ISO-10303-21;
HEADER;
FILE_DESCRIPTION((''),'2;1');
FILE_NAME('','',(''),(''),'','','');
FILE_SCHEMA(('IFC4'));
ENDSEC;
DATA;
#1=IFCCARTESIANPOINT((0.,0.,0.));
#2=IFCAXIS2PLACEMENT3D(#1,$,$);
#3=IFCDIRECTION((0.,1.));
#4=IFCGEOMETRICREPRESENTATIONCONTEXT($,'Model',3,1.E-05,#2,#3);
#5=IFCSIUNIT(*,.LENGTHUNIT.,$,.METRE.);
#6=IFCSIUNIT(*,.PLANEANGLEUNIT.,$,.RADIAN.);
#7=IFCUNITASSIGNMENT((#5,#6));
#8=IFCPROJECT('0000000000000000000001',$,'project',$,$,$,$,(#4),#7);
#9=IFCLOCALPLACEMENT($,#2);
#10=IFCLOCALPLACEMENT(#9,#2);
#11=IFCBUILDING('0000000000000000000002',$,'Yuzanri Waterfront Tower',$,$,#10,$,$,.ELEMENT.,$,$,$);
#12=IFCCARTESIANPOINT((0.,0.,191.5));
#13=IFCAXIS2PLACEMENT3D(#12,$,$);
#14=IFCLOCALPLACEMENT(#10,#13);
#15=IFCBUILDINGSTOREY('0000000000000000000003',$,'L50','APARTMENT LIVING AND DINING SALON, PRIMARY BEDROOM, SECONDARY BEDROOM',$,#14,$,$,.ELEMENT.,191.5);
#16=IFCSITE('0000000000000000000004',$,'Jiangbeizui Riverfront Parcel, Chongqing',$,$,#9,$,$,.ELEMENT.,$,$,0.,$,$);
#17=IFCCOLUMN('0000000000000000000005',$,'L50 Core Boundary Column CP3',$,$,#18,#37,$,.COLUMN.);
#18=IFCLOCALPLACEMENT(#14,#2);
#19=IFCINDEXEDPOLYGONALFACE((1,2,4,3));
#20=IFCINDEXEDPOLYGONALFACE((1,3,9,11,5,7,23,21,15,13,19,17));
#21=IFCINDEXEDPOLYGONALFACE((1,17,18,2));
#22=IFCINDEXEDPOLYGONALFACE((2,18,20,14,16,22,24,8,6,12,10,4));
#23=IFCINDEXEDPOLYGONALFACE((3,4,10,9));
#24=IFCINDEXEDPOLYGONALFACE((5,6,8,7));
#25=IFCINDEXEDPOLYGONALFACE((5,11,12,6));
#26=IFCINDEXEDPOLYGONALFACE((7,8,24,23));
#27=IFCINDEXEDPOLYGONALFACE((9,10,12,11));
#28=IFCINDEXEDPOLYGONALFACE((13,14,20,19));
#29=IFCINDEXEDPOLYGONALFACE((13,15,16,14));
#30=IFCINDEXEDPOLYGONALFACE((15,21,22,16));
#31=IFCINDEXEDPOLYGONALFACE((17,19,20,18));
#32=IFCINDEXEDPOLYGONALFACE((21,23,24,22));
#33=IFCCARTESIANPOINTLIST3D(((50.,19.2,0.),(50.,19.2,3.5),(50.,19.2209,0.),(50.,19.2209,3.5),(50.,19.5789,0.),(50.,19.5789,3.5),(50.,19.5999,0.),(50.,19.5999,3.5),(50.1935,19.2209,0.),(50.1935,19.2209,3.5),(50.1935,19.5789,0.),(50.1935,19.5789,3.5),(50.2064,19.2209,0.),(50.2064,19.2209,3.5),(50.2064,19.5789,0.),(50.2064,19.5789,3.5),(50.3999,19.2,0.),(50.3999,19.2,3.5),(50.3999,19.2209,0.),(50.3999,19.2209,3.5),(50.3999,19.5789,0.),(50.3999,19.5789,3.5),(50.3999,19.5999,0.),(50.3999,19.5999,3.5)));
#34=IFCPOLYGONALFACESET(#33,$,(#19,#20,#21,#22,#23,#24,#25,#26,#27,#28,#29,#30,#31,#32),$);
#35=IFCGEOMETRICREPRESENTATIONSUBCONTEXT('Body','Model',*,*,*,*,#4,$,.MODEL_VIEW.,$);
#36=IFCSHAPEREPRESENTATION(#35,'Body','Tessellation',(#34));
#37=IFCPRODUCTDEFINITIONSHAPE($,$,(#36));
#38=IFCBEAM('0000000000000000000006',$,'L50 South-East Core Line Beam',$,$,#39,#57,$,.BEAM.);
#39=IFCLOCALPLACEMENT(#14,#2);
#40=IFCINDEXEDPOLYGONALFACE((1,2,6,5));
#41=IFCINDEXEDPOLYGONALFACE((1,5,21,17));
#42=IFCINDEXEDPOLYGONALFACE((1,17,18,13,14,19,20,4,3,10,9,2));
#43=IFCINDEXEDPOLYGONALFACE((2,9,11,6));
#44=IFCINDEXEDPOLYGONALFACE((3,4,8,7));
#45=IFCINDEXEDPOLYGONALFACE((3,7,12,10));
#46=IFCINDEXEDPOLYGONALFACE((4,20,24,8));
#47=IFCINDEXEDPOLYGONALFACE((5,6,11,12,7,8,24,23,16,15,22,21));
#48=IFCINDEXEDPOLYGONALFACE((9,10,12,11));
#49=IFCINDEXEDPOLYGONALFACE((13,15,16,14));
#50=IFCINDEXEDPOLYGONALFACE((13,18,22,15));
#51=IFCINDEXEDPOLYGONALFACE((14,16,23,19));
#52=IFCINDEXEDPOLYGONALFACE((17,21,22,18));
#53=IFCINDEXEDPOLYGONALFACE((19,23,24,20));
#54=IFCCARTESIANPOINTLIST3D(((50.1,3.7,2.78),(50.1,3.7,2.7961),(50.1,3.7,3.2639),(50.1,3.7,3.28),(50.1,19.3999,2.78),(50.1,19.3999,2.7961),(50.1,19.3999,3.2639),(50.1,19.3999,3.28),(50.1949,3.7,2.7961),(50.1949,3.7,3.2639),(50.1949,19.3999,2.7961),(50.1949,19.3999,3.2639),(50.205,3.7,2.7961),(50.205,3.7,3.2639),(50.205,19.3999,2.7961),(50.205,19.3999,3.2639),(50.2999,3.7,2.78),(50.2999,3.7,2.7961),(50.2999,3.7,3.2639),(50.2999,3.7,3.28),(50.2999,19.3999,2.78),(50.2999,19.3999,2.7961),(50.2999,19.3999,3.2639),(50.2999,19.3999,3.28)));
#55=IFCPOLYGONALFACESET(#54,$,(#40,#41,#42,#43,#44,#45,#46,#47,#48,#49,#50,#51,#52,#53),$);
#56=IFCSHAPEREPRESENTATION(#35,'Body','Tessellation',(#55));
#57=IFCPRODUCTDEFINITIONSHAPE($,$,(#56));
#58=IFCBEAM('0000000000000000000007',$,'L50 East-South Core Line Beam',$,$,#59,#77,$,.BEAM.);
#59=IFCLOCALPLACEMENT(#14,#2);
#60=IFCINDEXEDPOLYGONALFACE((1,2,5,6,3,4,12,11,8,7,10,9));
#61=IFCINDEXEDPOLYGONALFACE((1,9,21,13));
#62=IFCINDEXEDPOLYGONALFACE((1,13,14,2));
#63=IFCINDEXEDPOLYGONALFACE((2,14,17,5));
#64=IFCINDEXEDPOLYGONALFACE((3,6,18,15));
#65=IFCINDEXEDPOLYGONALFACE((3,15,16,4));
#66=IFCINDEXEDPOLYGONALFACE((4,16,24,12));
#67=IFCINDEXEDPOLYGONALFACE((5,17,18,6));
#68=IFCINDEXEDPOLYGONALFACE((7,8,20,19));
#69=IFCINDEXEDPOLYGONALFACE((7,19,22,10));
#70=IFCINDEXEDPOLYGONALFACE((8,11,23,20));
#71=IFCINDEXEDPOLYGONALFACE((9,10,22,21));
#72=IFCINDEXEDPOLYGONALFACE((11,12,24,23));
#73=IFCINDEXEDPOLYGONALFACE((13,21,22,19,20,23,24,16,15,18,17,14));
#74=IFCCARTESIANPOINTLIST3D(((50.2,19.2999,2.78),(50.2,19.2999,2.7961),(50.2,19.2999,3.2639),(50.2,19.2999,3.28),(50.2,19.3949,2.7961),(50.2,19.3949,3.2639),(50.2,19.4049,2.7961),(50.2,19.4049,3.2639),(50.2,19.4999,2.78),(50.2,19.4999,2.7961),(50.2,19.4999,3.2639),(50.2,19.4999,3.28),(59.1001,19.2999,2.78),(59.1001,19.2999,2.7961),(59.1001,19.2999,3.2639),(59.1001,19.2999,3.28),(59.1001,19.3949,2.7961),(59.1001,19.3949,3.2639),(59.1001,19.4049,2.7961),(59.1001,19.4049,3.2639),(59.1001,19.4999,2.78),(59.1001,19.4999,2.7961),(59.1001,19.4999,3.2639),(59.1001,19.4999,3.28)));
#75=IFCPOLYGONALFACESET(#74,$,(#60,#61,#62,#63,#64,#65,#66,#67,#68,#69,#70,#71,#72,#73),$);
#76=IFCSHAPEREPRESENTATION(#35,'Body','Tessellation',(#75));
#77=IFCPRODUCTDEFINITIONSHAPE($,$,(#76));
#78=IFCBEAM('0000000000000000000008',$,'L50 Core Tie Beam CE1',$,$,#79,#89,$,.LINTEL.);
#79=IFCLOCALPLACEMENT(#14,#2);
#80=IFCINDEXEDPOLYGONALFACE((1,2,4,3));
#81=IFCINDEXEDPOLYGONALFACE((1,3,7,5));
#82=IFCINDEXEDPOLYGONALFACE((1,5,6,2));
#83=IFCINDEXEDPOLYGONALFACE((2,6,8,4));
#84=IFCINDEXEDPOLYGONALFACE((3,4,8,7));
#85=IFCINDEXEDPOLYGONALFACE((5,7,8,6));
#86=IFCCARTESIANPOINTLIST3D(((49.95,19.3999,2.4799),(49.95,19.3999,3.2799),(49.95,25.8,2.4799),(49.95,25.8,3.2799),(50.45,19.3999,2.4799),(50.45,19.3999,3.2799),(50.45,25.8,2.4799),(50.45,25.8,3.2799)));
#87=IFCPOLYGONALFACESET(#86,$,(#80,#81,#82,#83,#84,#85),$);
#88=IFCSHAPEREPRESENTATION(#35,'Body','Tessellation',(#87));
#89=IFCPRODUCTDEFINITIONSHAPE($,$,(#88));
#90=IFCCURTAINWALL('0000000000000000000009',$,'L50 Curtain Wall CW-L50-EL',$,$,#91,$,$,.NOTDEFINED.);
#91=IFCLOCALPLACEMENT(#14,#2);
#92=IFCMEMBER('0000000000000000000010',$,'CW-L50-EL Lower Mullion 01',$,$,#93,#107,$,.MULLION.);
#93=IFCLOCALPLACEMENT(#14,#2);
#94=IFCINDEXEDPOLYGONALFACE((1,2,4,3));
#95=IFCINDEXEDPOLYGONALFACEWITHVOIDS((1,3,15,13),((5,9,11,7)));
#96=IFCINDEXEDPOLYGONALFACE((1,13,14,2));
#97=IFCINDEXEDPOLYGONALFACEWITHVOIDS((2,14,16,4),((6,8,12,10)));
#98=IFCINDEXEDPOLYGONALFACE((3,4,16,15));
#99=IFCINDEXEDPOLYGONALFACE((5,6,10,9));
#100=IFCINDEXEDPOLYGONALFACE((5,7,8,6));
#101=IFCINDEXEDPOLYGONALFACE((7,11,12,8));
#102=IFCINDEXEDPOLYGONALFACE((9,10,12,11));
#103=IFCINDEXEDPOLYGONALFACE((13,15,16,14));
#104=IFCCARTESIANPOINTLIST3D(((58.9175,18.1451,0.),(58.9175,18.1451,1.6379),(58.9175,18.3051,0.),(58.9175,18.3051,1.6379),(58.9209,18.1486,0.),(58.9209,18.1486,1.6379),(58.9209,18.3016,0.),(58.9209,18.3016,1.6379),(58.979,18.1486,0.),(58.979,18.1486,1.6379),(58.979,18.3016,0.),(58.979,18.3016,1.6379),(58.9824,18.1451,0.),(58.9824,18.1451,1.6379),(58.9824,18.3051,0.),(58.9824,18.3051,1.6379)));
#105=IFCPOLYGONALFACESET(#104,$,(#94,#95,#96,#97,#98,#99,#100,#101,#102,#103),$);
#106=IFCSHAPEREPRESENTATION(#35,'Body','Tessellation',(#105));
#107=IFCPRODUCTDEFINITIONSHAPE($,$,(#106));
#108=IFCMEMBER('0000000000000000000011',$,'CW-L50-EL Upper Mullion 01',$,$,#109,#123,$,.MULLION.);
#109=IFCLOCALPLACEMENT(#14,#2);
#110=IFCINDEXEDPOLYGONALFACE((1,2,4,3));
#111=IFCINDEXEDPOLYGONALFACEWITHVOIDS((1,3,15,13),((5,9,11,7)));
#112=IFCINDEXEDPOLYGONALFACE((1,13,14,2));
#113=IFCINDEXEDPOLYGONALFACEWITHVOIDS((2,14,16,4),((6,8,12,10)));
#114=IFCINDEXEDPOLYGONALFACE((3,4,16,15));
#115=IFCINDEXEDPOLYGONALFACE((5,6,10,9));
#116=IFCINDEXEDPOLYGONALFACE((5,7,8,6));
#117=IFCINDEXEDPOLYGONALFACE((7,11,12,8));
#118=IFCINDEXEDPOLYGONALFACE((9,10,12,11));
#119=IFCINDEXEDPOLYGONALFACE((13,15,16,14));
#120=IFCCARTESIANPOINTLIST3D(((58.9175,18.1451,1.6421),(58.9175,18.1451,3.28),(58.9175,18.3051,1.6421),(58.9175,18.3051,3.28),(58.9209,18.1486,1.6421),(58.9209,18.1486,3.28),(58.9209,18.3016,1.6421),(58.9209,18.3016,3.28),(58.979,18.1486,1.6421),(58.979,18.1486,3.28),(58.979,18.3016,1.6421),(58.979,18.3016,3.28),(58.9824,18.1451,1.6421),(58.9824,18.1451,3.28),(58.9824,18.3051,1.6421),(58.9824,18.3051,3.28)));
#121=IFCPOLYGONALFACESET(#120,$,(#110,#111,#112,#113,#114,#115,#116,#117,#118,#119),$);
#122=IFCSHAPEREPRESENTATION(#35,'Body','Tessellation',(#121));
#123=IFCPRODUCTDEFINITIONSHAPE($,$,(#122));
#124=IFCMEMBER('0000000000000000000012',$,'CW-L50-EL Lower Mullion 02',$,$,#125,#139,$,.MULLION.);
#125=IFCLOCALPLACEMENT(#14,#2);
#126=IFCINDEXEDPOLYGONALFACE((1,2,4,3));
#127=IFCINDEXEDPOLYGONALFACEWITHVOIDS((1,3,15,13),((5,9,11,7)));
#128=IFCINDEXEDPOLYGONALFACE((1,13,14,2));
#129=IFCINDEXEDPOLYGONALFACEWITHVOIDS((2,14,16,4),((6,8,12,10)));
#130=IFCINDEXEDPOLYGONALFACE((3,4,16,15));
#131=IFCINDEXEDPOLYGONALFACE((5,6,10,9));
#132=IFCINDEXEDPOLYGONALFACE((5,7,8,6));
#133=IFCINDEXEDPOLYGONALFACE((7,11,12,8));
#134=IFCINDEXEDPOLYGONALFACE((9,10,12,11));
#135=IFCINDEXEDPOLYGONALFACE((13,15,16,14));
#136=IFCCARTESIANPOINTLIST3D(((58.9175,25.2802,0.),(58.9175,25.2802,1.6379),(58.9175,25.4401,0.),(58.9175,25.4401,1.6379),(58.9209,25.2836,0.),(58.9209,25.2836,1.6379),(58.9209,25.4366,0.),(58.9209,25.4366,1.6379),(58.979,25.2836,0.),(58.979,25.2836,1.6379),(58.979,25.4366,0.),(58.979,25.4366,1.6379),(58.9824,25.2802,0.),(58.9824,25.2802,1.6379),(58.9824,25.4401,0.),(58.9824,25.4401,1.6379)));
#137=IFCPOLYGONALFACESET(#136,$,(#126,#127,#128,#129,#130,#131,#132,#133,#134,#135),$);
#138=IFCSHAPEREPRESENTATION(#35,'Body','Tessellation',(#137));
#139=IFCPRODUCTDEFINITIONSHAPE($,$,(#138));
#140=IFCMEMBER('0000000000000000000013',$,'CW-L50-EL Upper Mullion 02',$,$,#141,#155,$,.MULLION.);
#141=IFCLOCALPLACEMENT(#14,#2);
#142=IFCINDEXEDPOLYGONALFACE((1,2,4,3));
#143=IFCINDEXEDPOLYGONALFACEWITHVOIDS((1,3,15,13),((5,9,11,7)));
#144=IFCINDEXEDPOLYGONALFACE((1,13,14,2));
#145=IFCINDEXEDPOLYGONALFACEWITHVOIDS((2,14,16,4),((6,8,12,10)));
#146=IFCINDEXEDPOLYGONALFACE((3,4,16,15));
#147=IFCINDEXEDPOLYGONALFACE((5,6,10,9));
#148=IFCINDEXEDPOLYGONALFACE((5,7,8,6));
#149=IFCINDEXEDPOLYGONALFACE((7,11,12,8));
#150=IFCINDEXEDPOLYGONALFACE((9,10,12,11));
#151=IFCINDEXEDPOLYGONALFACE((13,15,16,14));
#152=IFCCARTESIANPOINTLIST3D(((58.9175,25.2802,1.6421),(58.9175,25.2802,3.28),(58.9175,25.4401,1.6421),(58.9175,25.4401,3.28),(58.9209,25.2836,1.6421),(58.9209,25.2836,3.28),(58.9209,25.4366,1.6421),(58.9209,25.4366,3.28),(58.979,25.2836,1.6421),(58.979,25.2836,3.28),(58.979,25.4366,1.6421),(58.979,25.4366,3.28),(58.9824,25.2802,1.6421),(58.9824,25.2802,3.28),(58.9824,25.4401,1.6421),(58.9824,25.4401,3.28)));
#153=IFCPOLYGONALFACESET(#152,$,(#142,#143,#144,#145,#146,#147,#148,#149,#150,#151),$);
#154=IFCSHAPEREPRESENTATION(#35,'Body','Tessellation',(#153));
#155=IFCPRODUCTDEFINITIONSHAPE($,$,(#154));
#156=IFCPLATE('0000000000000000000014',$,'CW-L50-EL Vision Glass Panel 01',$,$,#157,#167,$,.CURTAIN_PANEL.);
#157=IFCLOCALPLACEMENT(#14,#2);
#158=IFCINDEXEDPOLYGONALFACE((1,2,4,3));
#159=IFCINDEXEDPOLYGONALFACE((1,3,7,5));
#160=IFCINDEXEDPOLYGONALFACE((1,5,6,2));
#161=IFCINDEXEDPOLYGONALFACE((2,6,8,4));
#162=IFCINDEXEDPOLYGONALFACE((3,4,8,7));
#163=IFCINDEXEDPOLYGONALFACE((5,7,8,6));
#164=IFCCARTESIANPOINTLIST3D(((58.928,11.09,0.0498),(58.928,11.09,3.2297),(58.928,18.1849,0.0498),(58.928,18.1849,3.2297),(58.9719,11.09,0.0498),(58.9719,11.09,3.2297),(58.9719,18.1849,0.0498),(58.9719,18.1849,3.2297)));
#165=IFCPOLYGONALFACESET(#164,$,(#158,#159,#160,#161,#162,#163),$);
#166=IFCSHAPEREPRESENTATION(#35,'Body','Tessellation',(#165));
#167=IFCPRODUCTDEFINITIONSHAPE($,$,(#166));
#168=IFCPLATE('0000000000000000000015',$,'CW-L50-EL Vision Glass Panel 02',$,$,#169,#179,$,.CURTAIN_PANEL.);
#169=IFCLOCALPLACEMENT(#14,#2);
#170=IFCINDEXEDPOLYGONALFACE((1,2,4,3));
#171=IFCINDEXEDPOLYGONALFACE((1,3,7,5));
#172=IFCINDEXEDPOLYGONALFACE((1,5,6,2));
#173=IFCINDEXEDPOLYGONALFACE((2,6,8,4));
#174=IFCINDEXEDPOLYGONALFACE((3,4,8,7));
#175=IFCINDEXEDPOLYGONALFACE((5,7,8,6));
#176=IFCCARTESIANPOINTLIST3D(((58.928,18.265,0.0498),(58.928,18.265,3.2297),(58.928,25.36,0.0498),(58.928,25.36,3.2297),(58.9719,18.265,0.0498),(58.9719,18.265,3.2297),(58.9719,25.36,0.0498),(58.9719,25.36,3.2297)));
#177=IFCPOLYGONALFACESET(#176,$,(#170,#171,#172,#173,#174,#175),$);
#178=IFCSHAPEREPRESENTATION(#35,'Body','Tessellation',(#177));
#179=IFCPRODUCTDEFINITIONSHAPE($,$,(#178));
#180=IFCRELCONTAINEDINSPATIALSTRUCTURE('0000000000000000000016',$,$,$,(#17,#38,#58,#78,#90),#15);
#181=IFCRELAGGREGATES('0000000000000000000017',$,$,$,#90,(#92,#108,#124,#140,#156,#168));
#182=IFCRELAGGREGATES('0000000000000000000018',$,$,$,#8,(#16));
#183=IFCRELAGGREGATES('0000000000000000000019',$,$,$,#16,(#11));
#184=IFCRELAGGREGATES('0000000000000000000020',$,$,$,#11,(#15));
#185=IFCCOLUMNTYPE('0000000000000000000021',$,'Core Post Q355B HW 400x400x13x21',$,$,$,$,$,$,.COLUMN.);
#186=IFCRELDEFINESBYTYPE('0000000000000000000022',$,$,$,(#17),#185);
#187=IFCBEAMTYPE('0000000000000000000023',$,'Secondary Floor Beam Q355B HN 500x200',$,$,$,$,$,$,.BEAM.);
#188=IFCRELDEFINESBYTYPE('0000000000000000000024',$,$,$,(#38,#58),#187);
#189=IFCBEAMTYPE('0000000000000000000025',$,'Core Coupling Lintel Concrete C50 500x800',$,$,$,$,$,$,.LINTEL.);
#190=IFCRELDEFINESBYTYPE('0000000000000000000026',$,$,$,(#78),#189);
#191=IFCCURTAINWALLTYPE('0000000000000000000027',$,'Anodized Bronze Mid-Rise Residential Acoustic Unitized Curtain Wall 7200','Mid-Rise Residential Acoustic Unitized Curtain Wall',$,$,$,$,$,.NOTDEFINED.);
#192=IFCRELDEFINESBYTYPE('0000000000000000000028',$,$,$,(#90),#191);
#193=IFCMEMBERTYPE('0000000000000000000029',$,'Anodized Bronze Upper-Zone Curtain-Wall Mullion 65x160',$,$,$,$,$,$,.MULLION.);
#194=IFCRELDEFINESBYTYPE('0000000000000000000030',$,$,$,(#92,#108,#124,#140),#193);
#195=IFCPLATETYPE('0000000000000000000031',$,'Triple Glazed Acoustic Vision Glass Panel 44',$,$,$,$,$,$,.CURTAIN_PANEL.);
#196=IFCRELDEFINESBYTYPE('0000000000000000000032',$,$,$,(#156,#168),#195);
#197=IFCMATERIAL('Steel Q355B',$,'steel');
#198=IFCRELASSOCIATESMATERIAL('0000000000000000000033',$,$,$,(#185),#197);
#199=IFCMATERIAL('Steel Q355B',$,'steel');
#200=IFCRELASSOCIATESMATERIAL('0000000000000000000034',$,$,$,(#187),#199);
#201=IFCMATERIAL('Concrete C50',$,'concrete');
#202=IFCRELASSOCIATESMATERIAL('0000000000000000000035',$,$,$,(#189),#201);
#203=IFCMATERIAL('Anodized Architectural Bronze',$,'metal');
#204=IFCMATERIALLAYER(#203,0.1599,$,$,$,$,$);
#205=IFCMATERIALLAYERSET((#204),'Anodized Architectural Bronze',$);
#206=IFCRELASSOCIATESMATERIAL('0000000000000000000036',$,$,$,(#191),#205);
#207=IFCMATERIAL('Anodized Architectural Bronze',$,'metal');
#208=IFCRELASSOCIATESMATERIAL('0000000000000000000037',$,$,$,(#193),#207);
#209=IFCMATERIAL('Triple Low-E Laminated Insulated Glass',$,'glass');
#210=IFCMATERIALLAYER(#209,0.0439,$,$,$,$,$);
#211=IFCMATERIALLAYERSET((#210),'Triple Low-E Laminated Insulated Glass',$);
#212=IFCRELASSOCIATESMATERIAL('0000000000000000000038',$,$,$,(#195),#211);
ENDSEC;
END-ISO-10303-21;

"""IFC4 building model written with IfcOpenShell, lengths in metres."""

from ifc_helpers import new_model, si_unit, direction, frame, origin, origin_2d, place, context, subcontext, project, spatial, rectangle, hollow_rectangle, i_section, extrude, source, transform, mapped, material, layer, layer_set, material_profile, profile_set, type_object, element, aggregate, save


model = new_model("IFC4")

# Units and contexts
model_context = context("Model", 3, precision=1e-05, world=origin(), true_north=direction((0.0, 1.0)))
body_context = subcontext(model_context, "Body", "Model", "MODEL_VIEW")
ifc_project = project(units=[si_unit("LENGTHUNIT", "METRE"), si_unit("PLANEANGLEUNIT", "RADIAN")], contexts=[model_context])

# Site, building, storey
site_placement = place(None, origin())
site = spatial("IfcSite", under=ifc_project, at=site_placement, Name="Jiangbeizui Riverfront Parcel, Chongqing", CompositionType="ELEMENT", RefElevation=0.0)
building_placement = place(site_placement, origin())
building = spatial("IfcBuilding", under=site, at=building_placement, Name="Yuzanri Waterfront Tower", CompositionType="ELEMENT")
storey_placement = place(building_placement, frame((0.0, 0.0, 191.5)))
storey = spatial("IfcBuildingStorey", under=building, at=storey_placement, Name="L50", Description="APARTMENT LIVING AND DINING SALON, PRIMARY BEDROOM, SECONDARY BEDROOM", CompositionType="ELEMENT", Elevation=191.5)

# Column
ifc_material_1 = material(Name="Steel Q355B", Category="steel")
ifc_material_profile_1 = material_profile(ifc_material_1, i_section(OverallWidth=0.3999, OverallDepth=0.3999, WebThickness=0.0129, FlangeThickness=0.021, at=origin_2d()), Name="HW 400x400x13x21")
ifc_profile_set_1 = profile_set([ifc_material_profile_1], Name="Steel Q355B")
column_type = type_object("IfcColumnType", Name="Core Post Q355B HW 400x400x13x21", PredefinedType="COLUMN", material=ifc_profile_set_1)
shared_shape_1 = source(origin(), body_context, "Body", "SweptSolid", [
    extrude(i_section(OverallWidth=0.3999, OverallDepth=0.3999, WebThickness=0.0129, FlangeThickness=0.021, at=origin_2d()), origin(), (0.0, 0.0, 1.0), 3.5),
])
column_placement = place(storey_placement, frame((50.2, 19.3999, 0.0), z_axis=(0.0, 0.0, 1.0), x_axis=(1.0, 0.0, 0.0)))
element("IfcColumn", 1, at=column_placement, inside=storey, type_object=column_type, Name="L50 Core Boundary Column CP3", PredefinedType="COLUMN", context=body_context, shape_type="MappedRepresentation", body=[
    mapped(shared_shape_1, transform((0.0, 0.0, 0.0), scale=1.0)),
])

# Beams
ifc_material_2 = material(Name="Steel Q355B", Category="steel")
ifc_material_profile_2 = material_profile(ifc_material_2, i_section(OverallWidth=0.2, OverallDepth=0.5, WebThickness=0.01, FlangeThickness=0.0161, at=origin_2d()), Name="HN 500x200x10x16")
ifc_profile_set_2 = profile_set([ifc_material_profile_2], Name="Steel Q355B")
beam_type_1 = type_object("IfcBeamType", Name="Secondary Floor Beam Q355B HN 500x200", PredefinedType="BEAM", material=ifc_profile_set_2)
shared_shape_2 = source(origin(), body_context, "Body", "SweptSolid", [
    extrude(i_section(OverallWidth=0.2, OverallDepth=0.5, WebThickness=0.01, FlangeThickness=0.0161, at=origin_2d()), origin(), (0.0, 0.0, 1.0), 15.7),
])
beam_1_placement = place(storey_placement, frame((50.2, 19.3999, 3.03), z_axis=(0.0, -1.0, 0.0), x_axis=(1.0, 0.0, 0.0)))
element("IfcBeam", 2, at=beam_1_placement, inside=storey, type_object=beam_type_1, Name="L50 South-East Core Line Beam", PredefinedType="BEAM", context=body_context, shape_type="MappedRepresentation", body=[
    mapped(shared_shape_2, transform((0.0, 0.0, 0.0), scale=1.0)),
])
shared_shape_3 = source(origin(), body_context, "Body", "SweptSolid", [
    extrude(i_section(OverallWidth=0.2, OverallDepth=0.5, WebThickness=0.01, FlangeThickness=0.0161, at=origin_2d()), origin(), (0.0, 0.0, 1.0), 8.9001),
])
beam_2_placement = place(storey_placement, frame((50.2, 19.3999, 3.03), z_axis=(1.0, 0.0, 0.0), x_axis=(0.0, 1.0, 0.0)))
element("IfcBeam", 3, at=beam_2_placement, inside=storey, type_object=beam_type_1, Name="L50 East-South Core Line Beam", PredefinedType="BEAM", context=body_context, shape_type="MappedRepresentation", body=[
    mapped(shared_shape_3, transform((0.0, 0.0, 0.0), scale=1.0)),
])
ifc_material_3 = material(Name="Concrete C50", Category="concrete")
ifc_material_profile_3 = material_profile(ifc_material_3, rectangle(XDim=0.5, YDim=0.8, at=origin_2d()), Name="RC 500x800")
ifc_profile_set_3 = profile_set([ifc_material_profile_3], Name="Concrete C50")
beam_type_2 = type_object("IfcBeamType", Name="Core Coupling Lintel Concrete C50 500x800", PredefinedType="LINTEL", material=ifc_profile_set_3)
shared_shape_4 = source(origin(), body_context, "Body", "SweptSolid", [
    extrude(rectangle(XDim=0.5, YDim=0.8, at=origin_2d()), origin(), (0.0, 0.0, 1.0), 6.4001),
])
beam_3_placement = place(storey_placement, frame((50.2, 19.3999, 2.8799), z_axis=(0.0, 1.0, 0.0), x_axis=(-1.0, 0.0, 0.0)))
element("IfcBeam", 4, at=beam_3_placement, inside=storey, type_object=beam_type_2, Name="L50 Core Tie Beam CE1", PredefinedType="LINTEL", context=body_context, shape_type="MappedRepresentation", body=[
    mapped(shared_shape_4, transform((0.0, 0.0, 0.0), scale=1.0)),
])

# Curtain wall, members, plates
ifc_material_4 = material(Name="Anodized Architectural Bronze", Category="metal")
ifc_layer_1 = layer(ifc_material_4, 0.1599)
ifc_layer_set_1 = layer_set([ifc_layer_1], Name="Anodized Architectural Bronze")
curtain_wall_type = type_object("IfcCurtainWallType", Name="Anodized Bronze Mid-Rise Residential Acoustic Unitized Curtain Wall 7200", Description="Mid-Rise Residential Acoustic Unitized Curtain Wall", PredefinedType="NOTDEFINED", material=ifc_layer_set_1)
curtain_wall_placement = place(storey_placement, origin())
curtain_wall = element("IfcCurtainWall", 5, at=curtain_wall_placement, inside=storey, type_object=curtain_wall_type, Name="L50 Curtain Wall CW-L50-EL", PredefinedType="NOTDEFINED")
ifc_material_5 = material(Name="Anodized Architectural Bronze", Category="metal")
ifc_material_profile_4 = material_profile(ifc_material_5, hollow_rectangle(XDim=0.0649, YDim=0.1599, WallThickness=0.0034, at=origin_2d()), Name="CWM 65x160")
ifc_profile_set_4 = profile_set([ifc_material_profile_4], Name="Anodized Architectural Bronze")
member_type = type_object("IfcMemberType", Name="Anodized Bronze Upper-Zone Curtain-Wall Mullion 65x160", PredefinedType="MULLION", material=ifc_profile_set_4)
shared_shape_5 = source(origin(), body_context, "Body", "SweptSolid", [
    extrude(hollow_rectangle(XDim=0.0649, YDim=0.1599, WallThickness=0.0034, at=origin_2d()), origin(), (0.0, 0.0, 1.0), 1.6379),
])
member_1_placement = place(storey_placement, frame((58.95, 18.2251, 0.0), z_axis=(0.0, 0.0, 1.0), x_axis=(1.0, 0.0, 0.0)))
member_1 = element("IfcMember", 6, at=member_1_placement, type_object=member_type, Name="CW-L50-EL Lower Mullion 01", PredefinedType="MULLION", context=body_context, shape_type="MappedRepresentation", body=[
    mapped(shared_shape_5, transform((0.0, 0.0, 0.0), scale=1.0)),
])
member_2_placement = place(storey_placement, frame((58.95, 18.2251, 1.6421), z_axis=(0.0, 0.0, 1.0), x_axis=(1.0, 0.0, 0.0)))
member_2 = element("IfcMember", 7, at=member_2_placement, type_object=member_type, Name="CW-L50-EL Upper Mullion 01", PredefinedType="MULLION", context=body_context, shape_type="MappedRepresentation", body=[
    mapped(shared_shape_5, transform((0.0, 0.0, 0.0), scale=1.0)),
])
member_3_placement = place(storey_placement, frame((58.95, 25.3601, 0.0), z_axis=(0.0, 0.0, 1.0), x_axis=(1.0, 0.0, 0.0)))
member_3 = element("IfcMember", 8, at=member_3_placement, type_object=member_type, Name="CW-L50-EL Lower Mullion 02", PredefinedType="MULLION", context=body_context, shape_type="MappedRepresentation", body=[
    mapped(shared_shape_5, transform((0.0, 0.0, 0.0), scale=1.0)),
])
member_4_placement = place(storey_placement, frame((58.95, 25.3601, 1.6421), z_axis=(0.0, 0.0, 1.0), x_axis=(1.0, 0.0, 0.0)))
member_4 = element("IfcMember", 9, at=member_4_placement, type_object=member_type, Name="CW-L50-EL Upper Mullion 02", PredefinedType="MULLION", context=body_context, shape_type="MappedRepresentation", body=[
    mapped(shared_shape_5, transform((0.0, 0.0, 0.0), scale=1.0)),
])
ifc_material_6 = material(Name="Triple Low-E Laminated Insulated Glass", Category="glass")
ifc_layer_2 = layer(ifc_material_6, 0.0439)
ifc_layer_set_2 = layer_set([ifc_layer_2], Name="Triple Low-E Laminated Insulated Glass")
plate_type = type_object("IfcPlateType", Name="Triple Glazed Acoustic Vision Glass Panel 44", PredefinedType="CURTAIN_PANEL", material=ifc_layer_set_2)
shared_shape_6 = source(origin(), body_context, "Body", "SweptSolid", [
    extrude(rectangle(XDim=7.095, YDim=0.0439, at=origin_2d()), origin(), (0.0, 0.0, 1.0), 3.1799),
])
plate_1_placement = place(storey_placement, frame((58.95, 14.6375, 0.0498), z_axis=(0.0, 0.0, 1.0), x_axis=(0.0, 1.0, 0.0)))
plate_1 = element("IfcPlate", 10, at=plate_1_placement, type_object=plate_type, Name="CW-L50-EL Vision Glass Panel 01", PredefinedType="CURTAIN_PANEL", context=body_context, shape_type="MappedRepresentation", body=[
    mapped(shared_shape_6, transform((0.0, 0.0, 0.0), scale=1.0)),
])
plate_2_placement = place(storey_placement, frame((58.95, 21.8125, 0.0498), z_axis=(0.0, 0.0, 1.0), x_axis=(0.0, 1.0, 0.0)))
plate_2 = element("IfcPlate", 11, at=plate_2_placement, type_object=plate_type, Name="CW-L50-EL Vision Glass Panel 02", PredefinedType="CURTAIN_PANEL", context=body_context, shape_type="MappedRepresentation", body=[
    mapped(shared_shape_6, transform((0.0, 0.0, 0.0), scale=1.0)),
])
aggregate(curtain_wall, [member_1, member_2, member_3, member_4, plate_1, plate_2])

save(model, "model.ifc")
